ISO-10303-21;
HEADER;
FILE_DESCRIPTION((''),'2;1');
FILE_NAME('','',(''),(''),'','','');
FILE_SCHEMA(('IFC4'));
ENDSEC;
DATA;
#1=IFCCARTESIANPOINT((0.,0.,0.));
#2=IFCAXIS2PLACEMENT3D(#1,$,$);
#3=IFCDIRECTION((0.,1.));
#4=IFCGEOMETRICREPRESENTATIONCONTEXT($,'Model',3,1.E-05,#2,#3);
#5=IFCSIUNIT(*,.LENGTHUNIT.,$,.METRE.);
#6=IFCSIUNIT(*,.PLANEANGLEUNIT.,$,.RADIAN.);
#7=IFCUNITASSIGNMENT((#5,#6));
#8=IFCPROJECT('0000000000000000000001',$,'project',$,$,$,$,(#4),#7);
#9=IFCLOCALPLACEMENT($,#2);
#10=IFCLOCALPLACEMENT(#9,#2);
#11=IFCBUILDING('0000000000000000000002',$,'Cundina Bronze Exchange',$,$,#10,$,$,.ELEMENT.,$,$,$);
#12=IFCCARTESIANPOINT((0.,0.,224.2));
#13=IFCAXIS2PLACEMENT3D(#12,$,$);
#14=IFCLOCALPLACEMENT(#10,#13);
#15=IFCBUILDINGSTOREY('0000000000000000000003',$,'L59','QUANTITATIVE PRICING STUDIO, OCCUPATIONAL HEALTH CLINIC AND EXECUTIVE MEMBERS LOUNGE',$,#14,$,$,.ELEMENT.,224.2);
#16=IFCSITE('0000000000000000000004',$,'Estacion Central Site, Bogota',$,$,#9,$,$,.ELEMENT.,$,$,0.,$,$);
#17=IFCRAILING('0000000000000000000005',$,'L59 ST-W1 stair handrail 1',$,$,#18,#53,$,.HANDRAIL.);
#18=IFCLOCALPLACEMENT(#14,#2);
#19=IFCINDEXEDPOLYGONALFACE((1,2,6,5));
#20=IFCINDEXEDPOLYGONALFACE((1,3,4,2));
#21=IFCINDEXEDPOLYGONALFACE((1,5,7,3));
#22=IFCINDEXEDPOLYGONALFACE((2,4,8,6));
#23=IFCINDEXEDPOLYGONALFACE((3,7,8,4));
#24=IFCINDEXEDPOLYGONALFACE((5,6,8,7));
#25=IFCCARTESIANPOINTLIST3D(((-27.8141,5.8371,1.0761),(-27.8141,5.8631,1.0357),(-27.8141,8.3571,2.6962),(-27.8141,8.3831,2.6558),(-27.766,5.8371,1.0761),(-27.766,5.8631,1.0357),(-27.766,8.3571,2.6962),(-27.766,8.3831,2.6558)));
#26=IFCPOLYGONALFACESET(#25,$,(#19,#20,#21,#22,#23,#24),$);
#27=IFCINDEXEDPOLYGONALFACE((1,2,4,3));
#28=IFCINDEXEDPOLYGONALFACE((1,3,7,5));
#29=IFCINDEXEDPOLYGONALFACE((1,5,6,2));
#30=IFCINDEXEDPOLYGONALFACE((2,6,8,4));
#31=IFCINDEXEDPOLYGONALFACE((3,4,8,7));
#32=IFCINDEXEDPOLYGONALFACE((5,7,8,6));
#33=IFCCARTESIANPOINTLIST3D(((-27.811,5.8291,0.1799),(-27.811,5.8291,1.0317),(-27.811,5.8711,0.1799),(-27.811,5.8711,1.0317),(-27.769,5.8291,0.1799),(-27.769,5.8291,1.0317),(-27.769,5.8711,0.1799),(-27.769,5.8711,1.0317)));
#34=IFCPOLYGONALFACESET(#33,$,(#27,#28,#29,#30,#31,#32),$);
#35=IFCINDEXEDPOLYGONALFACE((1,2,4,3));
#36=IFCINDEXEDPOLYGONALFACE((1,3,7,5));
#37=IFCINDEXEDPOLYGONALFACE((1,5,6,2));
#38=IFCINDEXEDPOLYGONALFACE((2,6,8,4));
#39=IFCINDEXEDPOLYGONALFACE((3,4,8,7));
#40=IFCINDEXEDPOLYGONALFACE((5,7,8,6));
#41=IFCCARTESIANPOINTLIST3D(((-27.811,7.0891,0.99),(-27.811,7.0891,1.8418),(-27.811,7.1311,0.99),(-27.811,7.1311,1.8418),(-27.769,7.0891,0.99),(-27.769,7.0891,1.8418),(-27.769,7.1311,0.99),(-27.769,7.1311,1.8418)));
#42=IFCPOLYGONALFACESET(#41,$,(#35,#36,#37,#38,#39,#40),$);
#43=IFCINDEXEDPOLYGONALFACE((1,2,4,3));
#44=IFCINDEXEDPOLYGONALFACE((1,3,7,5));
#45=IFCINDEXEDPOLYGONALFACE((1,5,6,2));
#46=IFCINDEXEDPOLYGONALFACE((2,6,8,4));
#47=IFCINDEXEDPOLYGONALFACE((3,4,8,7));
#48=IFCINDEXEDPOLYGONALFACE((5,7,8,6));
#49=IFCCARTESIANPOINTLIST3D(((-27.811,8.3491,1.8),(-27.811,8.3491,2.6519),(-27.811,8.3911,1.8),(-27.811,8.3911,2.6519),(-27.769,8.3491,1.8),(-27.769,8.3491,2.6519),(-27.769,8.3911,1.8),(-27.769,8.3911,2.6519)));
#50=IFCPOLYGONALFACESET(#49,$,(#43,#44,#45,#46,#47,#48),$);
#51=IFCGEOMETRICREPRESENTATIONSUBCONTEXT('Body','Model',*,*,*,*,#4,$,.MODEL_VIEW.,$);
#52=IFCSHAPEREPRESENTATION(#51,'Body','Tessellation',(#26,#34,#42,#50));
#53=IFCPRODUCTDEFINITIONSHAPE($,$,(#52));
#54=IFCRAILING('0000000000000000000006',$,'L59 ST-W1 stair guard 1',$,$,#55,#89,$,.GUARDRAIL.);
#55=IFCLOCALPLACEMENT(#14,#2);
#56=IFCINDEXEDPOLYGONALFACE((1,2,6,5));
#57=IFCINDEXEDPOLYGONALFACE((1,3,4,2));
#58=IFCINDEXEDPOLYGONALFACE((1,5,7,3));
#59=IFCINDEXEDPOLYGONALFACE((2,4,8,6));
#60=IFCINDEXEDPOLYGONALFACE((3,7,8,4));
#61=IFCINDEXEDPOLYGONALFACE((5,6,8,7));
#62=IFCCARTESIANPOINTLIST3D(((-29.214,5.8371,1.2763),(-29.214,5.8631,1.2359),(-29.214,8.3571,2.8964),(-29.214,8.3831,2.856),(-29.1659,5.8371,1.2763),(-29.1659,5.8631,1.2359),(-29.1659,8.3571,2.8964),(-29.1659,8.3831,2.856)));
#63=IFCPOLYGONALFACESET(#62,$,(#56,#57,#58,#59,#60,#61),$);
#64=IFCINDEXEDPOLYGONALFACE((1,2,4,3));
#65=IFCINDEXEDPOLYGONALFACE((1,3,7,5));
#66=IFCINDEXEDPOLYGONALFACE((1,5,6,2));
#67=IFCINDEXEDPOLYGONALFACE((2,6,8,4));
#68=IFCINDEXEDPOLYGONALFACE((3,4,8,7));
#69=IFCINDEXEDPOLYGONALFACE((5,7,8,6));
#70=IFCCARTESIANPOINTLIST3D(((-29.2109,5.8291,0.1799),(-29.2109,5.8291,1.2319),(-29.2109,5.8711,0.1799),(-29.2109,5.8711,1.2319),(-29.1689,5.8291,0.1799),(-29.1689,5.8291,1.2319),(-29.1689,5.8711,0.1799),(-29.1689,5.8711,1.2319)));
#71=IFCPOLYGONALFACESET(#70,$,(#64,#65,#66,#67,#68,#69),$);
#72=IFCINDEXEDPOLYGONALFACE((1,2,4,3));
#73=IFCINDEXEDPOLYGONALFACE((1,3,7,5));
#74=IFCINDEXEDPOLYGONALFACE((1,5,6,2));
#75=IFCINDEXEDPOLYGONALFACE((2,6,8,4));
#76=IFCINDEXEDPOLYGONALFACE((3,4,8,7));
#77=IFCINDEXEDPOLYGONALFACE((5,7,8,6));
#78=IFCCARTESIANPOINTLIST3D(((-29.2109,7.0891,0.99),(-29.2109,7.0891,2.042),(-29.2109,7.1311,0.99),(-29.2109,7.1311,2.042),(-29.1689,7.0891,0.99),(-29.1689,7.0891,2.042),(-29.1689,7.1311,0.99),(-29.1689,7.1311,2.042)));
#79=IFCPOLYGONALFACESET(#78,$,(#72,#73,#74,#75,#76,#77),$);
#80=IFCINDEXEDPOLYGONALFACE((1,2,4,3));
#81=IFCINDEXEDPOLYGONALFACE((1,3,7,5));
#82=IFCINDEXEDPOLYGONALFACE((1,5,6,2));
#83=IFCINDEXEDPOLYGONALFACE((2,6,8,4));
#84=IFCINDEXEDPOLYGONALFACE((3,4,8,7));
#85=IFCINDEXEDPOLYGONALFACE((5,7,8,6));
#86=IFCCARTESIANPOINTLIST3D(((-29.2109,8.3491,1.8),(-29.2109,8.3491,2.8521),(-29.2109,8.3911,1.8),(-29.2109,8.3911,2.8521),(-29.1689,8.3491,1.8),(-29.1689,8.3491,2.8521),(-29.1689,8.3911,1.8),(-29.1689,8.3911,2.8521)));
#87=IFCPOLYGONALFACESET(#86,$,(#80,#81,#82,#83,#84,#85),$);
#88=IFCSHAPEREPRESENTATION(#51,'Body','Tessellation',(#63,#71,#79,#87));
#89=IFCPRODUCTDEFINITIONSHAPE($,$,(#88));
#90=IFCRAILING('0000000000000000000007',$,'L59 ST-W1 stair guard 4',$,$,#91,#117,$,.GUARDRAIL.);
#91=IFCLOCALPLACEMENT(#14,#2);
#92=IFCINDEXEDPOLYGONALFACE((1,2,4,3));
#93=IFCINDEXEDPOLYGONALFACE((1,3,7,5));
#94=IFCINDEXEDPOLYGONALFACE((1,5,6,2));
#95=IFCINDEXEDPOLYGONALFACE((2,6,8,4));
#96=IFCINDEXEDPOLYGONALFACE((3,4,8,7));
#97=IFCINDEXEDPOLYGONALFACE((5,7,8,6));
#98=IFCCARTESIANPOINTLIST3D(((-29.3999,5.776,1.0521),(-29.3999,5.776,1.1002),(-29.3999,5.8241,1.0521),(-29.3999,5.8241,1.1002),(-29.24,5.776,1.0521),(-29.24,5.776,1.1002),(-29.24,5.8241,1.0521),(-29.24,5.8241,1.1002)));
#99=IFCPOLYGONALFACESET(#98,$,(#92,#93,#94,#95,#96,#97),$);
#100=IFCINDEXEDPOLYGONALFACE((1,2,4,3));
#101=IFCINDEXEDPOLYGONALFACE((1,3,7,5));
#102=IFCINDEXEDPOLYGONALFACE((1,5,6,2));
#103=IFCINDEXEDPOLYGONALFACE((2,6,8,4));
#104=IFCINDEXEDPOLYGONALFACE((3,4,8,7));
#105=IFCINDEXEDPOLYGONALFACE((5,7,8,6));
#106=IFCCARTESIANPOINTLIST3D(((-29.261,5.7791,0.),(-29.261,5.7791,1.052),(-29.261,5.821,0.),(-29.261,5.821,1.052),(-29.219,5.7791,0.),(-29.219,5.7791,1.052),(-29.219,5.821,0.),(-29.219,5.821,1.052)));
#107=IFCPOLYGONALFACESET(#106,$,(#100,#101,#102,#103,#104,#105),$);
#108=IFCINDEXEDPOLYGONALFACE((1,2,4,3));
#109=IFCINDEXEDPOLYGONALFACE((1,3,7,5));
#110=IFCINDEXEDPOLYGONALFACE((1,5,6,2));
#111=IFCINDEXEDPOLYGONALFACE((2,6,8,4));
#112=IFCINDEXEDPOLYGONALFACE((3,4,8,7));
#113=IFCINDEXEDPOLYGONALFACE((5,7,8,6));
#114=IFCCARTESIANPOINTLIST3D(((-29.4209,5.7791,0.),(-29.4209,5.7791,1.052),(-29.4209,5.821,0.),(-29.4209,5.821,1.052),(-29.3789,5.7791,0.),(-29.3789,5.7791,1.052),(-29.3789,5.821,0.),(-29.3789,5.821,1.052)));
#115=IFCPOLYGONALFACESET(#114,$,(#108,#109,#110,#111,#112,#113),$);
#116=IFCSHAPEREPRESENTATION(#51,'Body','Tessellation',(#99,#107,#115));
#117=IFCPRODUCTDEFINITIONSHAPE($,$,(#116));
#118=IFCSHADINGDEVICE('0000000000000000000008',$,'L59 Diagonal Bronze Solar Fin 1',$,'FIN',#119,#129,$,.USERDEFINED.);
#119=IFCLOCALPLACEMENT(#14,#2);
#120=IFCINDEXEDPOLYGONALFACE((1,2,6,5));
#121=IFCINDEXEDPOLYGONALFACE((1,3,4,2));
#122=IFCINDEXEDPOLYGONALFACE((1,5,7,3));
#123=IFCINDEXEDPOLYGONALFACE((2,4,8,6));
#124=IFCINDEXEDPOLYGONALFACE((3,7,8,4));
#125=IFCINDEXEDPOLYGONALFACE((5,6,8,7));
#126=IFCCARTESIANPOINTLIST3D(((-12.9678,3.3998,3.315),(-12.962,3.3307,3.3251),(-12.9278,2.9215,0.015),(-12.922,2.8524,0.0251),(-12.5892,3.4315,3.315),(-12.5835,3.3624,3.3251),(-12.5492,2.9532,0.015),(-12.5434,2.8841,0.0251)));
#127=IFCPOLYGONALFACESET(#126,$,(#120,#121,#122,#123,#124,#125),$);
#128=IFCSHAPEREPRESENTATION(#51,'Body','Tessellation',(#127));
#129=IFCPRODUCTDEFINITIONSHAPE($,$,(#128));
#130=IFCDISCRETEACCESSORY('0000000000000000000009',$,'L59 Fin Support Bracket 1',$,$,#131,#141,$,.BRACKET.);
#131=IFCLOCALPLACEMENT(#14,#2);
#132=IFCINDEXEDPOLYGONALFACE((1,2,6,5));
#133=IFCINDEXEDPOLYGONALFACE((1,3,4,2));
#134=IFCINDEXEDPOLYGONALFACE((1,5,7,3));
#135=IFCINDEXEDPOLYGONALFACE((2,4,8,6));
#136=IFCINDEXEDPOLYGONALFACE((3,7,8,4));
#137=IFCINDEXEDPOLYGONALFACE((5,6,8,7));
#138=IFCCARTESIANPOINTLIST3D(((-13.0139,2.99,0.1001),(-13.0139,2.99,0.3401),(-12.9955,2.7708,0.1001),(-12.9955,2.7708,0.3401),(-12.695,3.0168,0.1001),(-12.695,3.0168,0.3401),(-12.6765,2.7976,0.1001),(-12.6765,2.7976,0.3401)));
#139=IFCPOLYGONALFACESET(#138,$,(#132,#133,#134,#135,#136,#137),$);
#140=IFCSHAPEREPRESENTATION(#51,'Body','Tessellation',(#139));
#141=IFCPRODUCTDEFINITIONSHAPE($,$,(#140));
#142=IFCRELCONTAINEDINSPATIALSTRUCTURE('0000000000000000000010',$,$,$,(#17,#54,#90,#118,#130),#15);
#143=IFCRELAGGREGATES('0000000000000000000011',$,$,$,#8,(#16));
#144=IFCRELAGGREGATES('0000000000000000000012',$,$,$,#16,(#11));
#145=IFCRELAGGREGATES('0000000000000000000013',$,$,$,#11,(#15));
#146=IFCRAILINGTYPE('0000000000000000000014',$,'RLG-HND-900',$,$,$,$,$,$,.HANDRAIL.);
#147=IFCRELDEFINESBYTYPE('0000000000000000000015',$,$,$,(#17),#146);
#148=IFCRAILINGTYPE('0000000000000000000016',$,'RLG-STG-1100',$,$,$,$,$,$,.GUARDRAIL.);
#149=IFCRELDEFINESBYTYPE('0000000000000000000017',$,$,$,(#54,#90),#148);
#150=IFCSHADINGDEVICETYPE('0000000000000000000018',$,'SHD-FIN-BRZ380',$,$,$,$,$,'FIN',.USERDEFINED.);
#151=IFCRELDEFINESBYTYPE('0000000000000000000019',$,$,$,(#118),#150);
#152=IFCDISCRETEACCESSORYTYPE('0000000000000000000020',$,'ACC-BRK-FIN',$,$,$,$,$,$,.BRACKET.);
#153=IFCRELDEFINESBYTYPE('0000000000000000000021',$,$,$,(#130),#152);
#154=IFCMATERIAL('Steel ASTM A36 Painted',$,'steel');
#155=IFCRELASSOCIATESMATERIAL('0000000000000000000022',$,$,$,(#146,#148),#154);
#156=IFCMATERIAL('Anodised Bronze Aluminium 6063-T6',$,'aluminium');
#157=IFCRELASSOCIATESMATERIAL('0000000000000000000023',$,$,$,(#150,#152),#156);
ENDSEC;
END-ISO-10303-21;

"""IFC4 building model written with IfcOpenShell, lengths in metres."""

from ifc_helpers import new_model, si_unit, direction, frame, origin, origin_2d, place, context, subcontext, project, spatial, rectangle, extrude, material, material_profile, profile_set, type_object, element, save


model = new_model("IFC4")

# Units and contexts
model_context = context("Model", 3, precision=1e-05, world=origin(), true_north=direction((0.0, 1.0)))
body_context = subcontext(model_context, "Body", "Model", "MODEL_VIEW")
ifc_project = project(units=[si_unit("LENGTHUNIT", "METRE"), si_unit("PLANEANGLEUNIT", "RADIAN")], contexts=[model_context])

# Site, building, storey
site_placement = place(None, origin())
site = spatial("IfcSite", under=ifc_project, at=site_placement, Name="Estacion Central Site, Bogota", CompositionType="ELEMENT", RefElevation=0.0)
building_placement = place(site_placement, origin())
building = spatial("IfcBuilding", under=site, at=building_placement, Name="Cundina Bronze Exchange", CompositionType="ELEMENT")
storey_placement = place(building_placement, frame((0.0, 0.0, 224.2)))
storey = spatial("IfcBuildingStorey", under=building, at=storey_placement, Name="L59", Description="QUANTITATIVE PRICING STUDIO, OCCUPATIONAL HEALTH CLINIC AND EXECUTIVE MEMBERS LOUNGE", CompositionType="ELEMENT", Elevation=224.2)

# Shared definitions
ifc_material_1 = material(Name="Anodised Bronze Aluminium 6063-T6", Category="aluminium")

# Shared definitions
ifc_material_2 = material(Name="Steel ASTM A36 Painted", Category="steel")

# Railings
railing_type_1 = type_object("IfcRailingType", Name="RLG-HND-900", PredefinedType="HANDRAIL", material=ifc_material_2)
railing_1_placement = place(storey_placement, frame((-27.79, 5.8501, 0.1799)))
element("IfcRailing", 1, at=railing_1_placement, inside=storey, type_object=railing_type_1, Name="L59 ST-W1 stair handrail 1", PredefinedType="HANDRAIL", context=body_context, shape_type="SweptSolid", body=[
    extrude(rectangle(XDim=0.0481, YDim=0.0481, at=origin_2d()), frame((0.0, 0.0, 0.876), z_axis=(0.0, 0.841163, 0.540782), x_axis=(-1.0, 0.0, 0.0)), (0.0, 0.0, 1.0), 2.9958),
    extrude(rectangle(XDim=0.042, YDim=0.042, at=origin_2d()), origin(), (0.0, 0.0, 1.0), 0.8518),
    extrude(rectangle(XDim=0.042, YDim=0.042, at=origin_2d()), frame((0.0, 1.26, 0.8101)), (0.0, 0.0, 1.0), 0.8518),
    extrude(rectangle(XDim=0.042, YDim=0.042, at=origin_2d()), frame((0.0, 2.52, 1.6201)), (0.0, 0.0, 1.0), 0.8518),
])
railing_type_2 = type_object("IfcRailingType", Name="RLG-STG-1100", PredefinedType="GUARDRAIL", material=ifc_material_2)
railing_2_placement = place(storey_placement, frame((-29.1899, 5.8501, 0.1799)))
element("IfcRailing", 2, at=railing_2_placement, inside=storey, type_object=railing_type_2, Name="L59 ST-W1 stair guard 1", PredefinedType="GUARDRAIL", context=body_context, shape_type="SweptSolid", body=[
    extrude(rectangle(XDim=0.0481, YDim=0.0481, at=origin_2d()), frame((0.0, 0.0, 1.0762), z_axis=(0.0, 0.841163, 0.540782), x_axis=(-1.0, 0.0, 0.0)), (0.0, 0.0, 1.0), 2.9958),
    extrude(rectangle(XDim=0.042, YDim=0.042, at=origin_2d()), origin(), (0.0, 0.0, 1.0), 1.052),
    extrude(rectangle(XDim=0.042, YDim=0.042, at=origin_2d()), frame((0.0, 1.26, 0.8101)), (0.0, 0.0, 1.0), 1.052),
    extrude(rectangle(XDim=0.042, YDim=0.042, at=origin_2d()), frame((0.0, 2.52, 1.6201)), (0.0, 0.0, 1.0), 1.052),
])
railing_3_placement = place(storey_placement, frame((-29.24, 5.8, 0.0)))
element("IfcRailing", 3, at=railing_3_placement, inside=storey, type_object=railing_type_2, Name="L59 ST-W1 stair guard 4", PredefinedType="GUARDRAIL", context=body_context, shape_type="SweptSolid", body=[
    extrude(rectangle(XDim=0.0481, YDim=0.0481, at=origin_2d()), frame((0.0, 0.0, 1.0762), z_axis=(-1.0, 0.0, 0.0), x_axis=(0.0, -1.0, 0.0)), (0.0, 0.0, 1.0), 0.1599),
    extrude(rectangle(XDim=0.042, YDim=0.042, at=origin_2d()), origin(), (0.0, 0.0, 1.0), 1.052),
    extrude(rectangle(XDim=0.042, YDim=0.042, at=origin_2d()), frame((-0.1599, 0.0, 0.0)), (0.0, 0.0, 1.0), 1.052),
])

# Shading device
ifc_material_profile_1 = material_profile(ifc_material_1, rectangle(XDim=0.0701, YDim=0.3799, at=origin_2d()), Name="FIN70X380", Category="aluminium")
ifc_profile_set_1 = profile_set([ifc_material_profile_1], Name="Anodised Bronze Aluminium 6063-T6")
shading_device_type = type_object("IfcShadingDeviceType", Name="SHD-FIN-BRZ380", ElementType="FIN", PredefinedType="USERDEFINED", material=ifc_profile_set_1)
shading_device_placement = place(storey_placement, frame((-12.7356, 2.9028, 0.02), z_axis=(-0.012007, 0.14342, 0.989589), x_axis=(0.082556, -0.98614, 0.143921)))
element("IfcShadingDevice", 4, at=shading_device_placement, inside=storey, type_object=shading_device_type, Name="L59 Diagonal Bronze Solar Fin 1", ObjectType="FIN", PredefinedType="USERDEFINED", context=body_context, shape_type="SweptSolid", body=[
    extrude(rectangle(XDim=0.0701, YDim=0.3799, at=origin_2d()), origin(), (0.0, 0.0, 1.0), 3.3347),
])

# Discrete accessory
discrete_accessory_type = type_object("IfcDiscreteAccessoryType", Name="ACC-BRK-FIN", PredefinedType="BRACKET", material=ifc_material_1)
discrete_accessory_placement = place(storey_placement, frame((-12.8452, 2.8938, 0.1001), z_axis=(0.0, 0.0, 1.0), x_axis=(-0.083747, 0.996487, 0.0)))
element("IfcDiscreteAccessory", 5, at=discrete_accessory_placement, inside=storey, type_object=discrete_accessory_type, Name="L59 Fin Support Bracket 1", PredefinedType="BRACKET", context=body_context, shape_type="SweptSolid", body=[
    extrude(rectangle(XDim=0.22, YDim=0.3201, at=origin_2d()), origin(), (0.0, 0.0, 1.0), 0.24),
])

save(model, "model.ifc")
